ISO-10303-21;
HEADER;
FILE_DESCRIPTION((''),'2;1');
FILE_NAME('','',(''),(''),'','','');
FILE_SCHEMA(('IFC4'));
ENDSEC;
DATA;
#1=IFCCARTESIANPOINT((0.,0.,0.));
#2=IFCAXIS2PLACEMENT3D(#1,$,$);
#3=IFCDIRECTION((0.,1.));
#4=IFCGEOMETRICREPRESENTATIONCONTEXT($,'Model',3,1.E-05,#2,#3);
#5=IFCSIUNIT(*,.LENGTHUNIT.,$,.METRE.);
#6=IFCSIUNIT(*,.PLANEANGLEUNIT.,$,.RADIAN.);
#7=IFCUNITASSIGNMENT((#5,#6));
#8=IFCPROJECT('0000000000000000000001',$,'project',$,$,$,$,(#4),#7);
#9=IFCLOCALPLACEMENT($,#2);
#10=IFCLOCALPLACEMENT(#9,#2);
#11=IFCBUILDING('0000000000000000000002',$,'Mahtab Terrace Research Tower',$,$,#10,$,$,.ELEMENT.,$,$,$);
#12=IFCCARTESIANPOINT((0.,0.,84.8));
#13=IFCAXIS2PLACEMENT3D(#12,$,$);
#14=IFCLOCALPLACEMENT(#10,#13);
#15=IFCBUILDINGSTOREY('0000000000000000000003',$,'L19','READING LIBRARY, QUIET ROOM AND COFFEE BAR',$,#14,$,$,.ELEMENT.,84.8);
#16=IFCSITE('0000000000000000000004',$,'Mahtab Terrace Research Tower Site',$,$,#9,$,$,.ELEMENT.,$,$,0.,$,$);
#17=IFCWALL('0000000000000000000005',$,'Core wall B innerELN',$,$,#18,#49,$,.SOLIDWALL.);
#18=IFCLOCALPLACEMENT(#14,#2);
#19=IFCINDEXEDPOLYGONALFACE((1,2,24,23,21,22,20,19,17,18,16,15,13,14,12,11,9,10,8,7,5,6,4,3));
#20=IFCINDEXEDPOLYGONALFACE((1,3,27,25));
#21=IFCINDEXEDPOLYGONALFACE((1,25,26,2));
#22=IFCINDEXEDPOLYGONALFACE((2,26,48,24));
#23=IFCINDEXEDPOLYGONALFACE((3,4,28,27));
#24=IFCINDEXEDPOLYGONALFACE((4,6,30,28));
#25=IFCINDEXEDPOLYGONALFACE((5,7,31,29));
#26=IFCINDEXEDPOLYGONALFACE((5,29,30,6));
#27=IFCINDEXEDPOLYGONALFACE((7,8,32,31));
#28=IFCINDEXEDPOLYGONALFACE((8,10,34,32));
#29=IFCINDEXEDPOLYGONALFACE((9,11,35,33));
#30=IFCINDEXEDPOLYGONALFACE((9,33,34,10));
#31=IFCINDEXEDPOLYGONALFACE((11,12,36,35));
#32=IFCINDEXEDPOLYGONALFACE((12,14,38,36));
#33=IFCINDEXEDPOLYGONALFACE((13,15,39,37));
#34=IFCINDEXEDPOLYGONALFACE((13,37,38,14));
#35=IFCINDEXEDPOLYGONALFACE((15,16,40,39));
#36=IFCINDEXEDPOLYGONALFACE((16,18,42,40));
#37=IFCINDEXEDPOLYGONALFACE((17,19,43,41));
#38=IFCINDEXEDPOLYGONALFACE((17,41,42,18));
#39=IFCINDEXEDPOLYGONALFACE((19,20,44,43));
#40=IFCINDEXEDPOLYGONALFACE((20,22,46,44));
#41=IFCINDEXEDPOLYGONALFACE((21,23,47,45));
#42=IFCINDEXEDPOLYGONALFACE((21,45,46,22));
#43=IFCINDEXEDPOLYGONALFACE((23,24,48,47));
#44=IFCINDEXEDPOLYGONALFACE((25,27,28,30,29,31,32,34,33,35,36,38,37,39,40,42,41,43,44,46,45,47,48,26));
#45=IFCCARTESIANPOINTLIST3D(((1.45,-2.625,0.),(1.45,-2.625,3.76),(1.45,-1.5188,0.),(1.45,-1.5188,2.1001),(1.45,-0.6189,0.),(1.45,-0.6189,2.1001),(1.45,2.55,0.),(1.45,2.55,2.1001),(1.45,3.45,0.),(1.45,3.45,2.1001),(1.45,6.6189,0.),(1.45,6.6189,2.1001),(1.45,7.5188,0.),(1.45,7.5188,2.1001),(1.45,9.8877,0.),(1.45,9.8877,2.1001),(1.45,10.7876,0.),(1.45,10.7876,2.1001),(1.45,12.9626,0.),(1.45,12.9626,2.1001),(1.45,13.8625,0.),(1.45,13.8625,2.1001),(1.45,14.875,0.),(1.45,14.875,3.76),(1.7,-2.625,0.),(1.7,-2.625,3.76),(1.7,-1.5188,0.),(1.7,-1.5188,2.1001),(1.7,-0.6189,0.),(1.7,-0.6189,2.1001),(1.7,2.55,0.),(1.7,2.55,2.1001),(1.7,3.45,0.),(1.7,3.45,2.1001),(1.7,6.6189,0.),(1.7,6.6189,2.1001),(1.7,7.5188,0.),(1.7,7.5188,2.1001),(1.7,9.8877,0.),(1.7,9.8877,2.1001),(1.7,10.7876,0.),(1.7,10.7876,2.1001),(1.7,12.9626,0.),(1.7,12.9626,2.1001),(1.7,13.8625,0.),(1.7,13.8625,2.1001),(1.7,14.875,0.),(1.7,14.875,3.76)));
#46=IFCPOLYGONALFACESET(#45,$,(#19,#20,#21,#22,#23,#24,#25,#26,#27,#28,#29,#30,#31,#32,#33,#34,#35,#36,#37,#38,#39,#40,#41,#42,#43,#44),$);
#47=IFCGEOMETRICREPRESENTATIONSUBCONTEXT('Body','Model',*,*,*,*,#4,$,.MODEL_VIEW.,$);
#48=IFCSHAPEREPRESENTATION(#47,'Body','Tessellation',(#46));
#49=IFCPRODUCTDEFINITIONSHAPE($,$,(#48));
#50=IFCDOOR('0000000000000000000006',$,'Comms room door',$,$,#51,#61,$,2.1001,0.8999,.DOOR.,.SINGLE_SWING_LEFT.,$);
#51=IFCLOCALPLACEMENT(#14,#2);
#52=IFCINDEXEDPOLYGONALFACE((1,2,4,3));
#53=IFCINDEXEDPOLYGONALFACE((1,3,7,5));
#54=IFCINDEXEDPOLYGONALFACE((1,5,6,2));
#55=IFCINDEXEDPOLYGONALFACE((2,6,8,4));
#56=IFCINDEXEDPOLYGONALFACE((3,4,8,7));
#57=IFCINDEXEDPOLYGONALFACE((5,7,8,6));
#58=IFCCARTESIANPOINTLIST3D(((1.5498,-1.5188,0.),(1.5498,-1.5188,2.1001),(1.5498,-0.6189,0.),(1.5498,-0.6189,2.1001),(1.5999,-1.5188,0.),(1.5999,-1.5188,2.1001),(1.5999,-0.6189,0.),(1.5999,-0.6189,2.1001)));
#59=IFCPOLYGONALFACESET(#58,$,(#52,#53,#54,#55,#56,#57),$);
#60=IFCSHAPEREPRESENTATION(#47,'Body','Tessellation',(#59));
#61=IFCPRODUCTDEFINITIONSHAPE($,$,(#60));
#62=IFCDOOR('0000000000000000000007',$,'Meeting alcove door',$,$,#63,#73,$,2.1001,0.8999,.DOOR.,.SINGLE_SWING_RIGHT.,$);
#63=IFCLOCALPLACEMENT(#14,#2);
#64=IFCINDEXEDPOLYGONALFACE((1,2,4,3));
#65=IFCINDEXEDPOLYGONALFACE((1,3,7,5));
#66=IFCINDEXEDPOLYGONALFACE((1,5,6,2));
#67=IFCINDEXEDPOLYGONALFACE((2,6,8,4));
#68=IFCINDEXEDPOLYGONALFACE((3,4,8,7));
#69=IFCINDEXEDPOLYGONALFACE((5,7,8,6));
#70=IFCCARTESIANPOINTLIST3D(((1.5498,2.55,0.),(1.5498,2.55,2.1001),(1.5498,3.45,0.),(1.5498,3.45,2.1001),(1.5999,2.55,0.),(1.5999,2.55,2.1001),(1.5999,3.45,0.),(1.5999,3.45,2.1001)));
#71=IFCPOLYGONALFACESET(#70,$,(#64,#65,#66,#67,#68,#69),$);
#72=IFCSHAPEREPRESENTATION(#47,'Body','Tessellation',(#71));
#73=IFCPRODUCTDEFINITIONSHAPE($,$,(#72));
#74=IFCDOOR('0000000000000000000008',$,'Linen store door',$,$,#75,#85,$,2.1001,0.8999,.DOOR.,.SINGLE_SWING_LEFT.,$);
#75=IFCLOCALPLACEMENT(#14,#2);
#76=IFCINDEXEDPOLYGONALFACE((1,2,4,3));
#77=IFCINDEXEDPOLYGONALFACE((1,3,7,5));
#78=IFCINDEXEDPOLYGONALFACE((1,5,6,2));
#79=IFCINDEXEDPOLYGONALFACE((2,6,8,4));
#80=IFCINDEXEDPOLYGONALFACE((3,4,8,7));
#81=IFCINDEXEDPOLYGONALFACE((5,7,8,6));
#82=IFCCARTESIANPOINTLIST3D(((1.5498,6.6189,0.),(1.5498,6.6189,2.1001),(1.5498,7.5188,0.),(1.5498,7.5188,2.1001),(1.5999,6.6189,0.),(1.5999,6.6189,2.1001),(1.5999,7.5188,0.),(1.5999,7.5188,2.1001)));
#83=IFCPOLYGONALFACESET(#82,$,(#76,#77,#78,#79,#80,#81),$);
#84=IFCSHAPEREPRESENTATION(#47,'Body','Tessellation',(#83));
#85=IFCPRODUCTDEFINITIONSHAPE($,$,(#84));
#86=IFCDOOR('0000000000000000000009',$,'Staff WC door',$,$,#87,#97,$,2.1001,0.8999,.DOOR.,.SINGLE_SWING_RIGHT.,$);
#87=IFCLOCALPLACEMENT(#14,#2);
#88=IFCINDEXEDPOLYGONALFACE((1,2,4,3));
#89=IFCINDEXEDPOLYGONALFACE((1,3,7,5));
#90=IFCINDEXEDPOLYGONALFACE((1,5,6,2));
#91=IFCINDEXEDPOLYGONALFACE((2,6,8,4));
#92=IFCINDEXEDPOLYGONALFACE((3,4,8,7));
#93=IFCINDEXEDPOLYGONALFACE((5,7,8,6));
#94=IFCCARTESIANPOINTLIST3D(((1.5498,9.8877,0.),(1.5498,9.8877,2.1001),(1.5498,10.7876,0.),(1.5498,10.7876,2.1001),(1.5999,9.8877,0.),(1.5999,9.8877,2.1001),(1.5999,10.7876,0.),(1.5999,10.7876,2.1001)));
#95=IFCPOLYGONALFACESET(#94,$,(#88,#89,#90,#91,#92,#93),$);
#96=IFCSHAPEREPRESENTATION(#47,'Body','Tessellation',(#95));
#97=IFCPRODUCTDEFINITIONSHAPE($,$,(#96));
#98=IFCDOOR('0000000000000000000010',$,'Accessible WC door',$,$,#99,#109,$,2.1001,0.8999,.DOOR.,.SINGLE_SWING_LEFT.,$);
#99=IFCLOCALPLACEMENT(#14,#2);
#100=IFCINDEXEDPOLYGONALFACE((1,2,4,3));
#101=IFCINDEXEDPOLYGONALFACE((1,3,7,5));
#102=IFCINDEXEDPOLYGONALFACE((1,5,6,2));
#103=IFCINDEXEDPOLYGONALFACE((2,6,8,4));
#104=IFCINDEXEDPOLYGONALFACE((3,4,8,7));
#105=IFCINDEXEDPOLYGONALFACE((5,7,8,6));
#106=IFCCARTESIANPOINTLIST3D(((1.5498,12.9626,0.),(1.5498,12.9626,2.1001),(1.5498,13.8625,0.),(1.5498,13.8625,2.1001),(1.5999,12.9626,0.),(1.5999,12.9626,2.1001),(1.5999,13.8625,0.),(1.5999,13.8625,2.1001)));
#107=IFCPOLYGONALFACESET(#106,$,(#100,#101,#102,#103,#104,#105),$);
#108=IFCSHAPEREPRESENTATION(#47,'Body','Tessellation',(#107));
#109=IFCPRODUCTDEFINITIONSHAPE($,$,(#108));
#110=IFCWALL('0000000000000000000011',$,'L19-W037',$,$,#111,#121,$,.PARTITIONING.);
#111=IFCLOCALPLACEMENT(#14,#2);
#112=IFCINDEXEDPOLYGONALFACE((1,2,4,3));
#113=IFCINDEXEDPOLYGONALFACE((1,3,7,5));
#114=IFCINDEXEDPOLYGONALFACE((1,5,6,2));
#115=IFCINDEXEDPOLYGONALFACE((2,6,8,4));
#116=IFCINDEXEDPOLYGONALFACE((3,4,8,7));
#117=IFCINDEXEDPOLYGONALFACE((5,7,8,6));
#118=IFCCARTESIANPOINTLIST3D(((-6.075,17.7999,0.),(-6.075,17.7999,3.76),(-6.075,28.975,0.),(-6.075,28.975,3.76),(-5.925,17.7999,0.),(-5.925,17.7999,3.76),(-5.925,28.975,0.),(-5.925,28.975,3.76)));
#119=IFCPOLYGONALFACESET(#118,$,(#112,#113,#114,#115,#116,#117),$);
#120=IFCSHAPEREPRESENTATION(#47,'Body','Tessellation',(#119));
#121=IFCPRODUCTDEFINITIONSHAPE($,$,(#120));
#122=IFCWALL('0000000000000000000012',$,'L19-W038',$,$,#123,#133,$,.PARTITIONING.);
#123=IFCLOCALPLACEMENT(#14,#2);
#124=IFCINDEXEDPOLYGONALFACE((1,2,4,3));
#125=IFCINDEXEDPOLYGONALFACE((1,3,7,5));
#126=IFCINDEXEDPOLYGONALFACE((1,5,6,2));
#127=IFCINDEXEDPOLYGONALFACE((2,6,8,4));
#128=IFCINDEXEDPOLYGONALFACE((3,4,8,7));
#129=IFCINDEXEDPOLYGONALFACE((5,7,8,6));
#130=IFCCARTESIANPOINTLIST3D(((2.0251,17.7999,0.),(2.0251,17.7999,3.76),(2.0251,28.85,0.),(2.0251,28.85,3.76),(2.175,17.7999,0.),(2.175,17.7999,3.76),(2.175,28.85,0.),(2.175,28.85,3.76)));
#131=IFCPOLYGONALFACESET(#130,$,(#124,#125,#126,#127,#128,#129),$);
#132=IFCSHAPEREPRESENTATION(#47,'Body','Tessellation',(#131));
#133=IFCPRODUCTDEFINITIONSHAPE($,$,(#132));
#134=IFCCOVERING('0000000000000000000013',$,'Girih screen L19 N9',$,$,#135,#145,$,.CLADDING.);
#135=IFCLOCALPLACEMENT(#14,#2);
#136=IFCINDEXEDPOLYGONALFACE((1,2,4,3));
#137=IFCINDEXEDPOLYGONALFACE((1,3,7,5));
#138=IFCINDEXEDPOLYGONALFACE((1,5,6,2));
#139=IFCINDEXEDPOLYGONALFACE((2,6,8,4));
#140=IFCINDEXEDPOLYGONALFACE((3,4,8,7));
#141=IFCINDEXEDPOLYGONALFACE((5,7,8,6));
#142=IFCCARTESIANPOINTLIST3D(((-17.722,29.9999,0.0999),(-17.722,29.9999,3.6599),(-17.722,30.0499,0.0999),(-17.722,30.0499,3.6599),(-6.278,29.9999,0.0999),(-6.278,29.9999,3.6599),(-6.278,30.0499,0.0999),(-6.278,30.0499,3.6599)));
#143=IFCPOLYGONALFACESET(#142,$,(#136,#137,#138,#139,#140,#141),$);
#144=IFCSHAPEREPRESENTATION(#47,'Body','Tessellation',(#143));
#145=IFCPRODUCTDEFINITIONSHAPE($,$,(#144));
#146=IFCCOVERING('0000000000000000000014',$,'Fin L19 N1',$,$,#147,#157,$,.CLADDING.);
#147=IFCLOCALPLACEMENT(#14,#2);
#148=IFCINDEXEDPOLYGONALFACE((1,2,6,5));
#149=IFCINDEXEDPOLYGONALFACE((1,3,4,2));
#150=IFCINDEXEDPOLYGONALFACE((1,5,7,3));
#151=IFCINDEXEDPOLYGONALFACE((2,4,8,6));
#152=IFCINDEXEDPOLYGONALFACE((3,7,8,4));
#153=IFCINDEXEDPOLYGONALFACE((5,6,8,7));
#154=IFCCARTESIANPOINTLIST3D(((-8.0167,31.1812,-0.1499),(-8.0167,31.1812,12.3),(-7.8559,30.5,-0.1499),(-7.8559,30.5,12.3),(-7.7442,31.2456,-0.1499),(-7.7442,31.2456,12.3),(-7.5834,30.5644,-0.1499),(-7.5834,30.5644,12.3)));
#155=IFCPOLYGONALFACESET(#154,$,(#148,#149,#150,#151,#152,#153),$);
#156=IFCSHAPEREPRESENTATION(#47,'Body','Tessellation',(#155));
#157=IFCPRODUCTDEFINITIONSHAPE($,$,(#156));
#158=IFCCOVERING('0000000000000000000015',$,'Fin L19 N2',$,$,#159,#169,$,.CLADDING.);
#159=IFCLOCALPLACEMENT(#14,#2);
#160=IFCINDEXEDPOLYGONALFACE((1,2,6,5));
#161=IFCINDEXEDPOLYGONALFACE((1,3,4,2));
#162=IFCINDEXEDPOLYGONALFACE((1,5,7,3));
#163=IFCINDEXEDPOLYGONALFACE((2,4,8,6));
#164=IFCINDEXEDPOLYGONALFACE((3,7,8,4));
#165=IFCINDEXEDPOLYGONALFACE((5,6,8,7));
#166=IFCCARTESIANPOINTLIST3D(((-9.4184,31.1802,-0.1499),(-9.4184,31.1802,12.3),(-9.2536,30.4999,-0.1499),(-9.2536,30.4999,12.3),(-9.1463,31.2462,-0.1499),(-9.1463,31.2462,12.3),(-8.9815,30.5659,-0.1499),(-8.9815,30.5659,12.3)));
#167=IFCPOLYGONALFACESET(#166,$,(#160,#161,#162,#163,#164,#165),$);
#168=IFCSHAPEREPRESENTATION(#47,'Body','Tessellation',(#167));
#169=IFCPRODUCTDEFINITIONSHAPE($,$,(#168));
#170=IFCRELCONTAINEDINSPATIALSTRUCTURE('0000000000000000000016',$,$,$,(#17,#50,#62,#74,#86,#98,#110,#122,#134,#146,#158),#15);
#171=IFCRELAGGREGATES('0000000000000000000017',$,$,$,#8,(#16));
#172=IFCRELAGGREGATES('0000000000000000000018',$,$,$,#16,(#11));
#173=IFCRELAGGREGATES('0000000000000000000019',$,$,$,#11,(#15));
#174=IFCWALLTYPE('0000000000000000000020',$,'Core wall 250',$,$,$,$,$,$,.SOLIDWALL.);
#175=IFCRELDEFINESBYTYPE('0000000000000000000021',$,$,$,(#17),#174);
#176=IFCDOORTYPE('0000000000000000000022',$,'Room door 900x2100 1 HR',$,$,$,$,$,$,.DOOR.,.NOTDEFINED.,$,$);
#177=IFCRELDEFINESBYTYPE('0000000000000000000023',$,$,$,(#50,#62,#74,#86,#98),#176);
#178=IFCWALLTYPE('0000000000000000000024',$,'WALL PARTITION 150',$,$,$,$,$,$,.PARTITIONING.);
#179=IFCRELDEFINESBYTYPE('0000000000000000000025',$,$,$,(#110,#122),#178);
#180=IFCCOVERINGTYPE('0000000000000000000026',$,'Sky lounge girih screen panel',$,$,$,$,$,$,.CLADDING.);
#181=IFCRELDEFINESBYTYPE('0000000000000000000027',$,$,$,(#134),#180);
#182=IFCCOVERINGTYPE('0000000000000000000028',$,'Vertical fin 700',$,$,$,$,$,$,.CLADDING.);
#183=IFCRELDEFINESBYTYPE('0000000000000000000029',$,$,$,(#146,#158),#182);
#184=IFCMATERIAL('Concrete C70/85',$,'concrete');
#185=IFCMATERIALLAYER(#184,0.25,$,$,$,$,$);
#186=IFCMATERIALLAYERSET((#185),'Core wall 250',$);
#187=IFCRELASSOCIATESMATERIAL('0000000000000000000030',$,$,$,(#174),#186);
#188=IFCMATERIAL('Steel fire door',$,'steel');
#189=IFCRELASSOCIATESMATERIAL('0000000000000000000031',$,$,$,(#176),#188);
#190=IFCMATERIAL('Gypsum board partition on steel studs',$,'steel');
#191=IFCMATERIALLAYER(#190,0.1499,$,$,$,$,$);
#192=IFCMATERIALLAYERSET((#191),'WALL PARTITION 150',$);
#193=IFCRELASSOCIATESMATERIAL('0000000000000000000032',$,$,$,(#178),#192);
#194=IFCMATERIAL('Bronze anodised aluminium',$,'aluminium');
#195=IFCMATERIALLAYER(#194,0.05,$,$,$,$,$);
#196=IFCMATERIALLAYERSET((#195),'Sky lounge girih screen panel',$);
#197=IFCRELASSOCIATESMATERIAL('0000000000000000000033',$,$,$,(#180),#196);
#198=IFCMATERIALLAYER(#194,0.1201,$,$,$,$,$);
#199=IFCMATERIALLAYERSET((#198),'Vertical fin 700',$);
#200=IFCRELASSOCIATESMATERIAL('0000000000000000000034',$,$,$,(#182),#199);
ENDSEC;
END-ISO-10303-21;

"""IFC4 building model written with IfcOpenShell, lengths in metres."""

from ifc_helpers import new_model, si_unit, direction, frame, frame_2d, origin, origin_2d, place, context, subcontext, project, spatial, rectangle, extrude, material, layer, layer_set, type_object, element, fill, save


model = new_model("IFC4")

# Units and contexts
model_context = context("Model", 3, precision=1e-05, world=origin(), true_north=direction((0.0, 1.0)))
body_context = subcontext(model_context, "Body", "Model", "MODEL_VIEW")
ifc_project = project(units=[si_unit("LENGTHUNIT", "METRE"), si_unit("PLANEANGLEUNIT", "RADIAN")], contexts=[model_context])

# Site, building, storey
site_placement = place(None, origin())
site = spatial("IfcSite", under=ifc_project, at=site_placement, Name="Mahtab Terrace Research Tower Site", CompositionType="ELEMENT", RefElevation=0.0)
building_placement = place(site_placement, origin())
building = spatial("IfcBuilding", under=site, at=building_placement, Name="Mahtab Terrace Research Tower", CompositionType="ELEMENT")
storey_placement = place(building_placement, frame((0.0, 0.0, 84.8)))
storey = spatial("IfcBuildingStorey", under=building, at=storey_placement, Name="L19", Description="READING LIBRARY, QUIET ROOM AND COFFEE BAR", CompositionType="ELEMENT", Elevation=84.8)

# Shared definitions
ifc_material_1 = material(Name="Concrete C70/85", Category="concrete")
ifc_layer_1 = layer(ifc_material_1, 0.25)
ifc_layer_set_1 = layer_set([ifc_layer_1], Name="Core wall 250")
wall_type_1 = type_object("IfcWallType", Name="Core wall 250", PredefinedType="SOLIDWALL", material=ifc_layer_set_1)

# Shared definitions
ifc_material_2 = material(Name="Steel fire door", Category="steel")

# Wall, openings, doors
wall_1_placement = place(storey_placement, frame((1.575, 14.875, 0.0), z_axis=(0.0, 0.0, 1.0), x_axis=(0.0, -1.0, 0.0)))
wall_1 = element("IfcWall", 1, at=wall_1_placement, inside=storey, type_object=wall_type_1, Name="Core wall B innerELN", PredefinedType="SOLIDWALL", context=body_context, shape_type="SweptSolid", body=[
    extrude(rectangle(XDim=17.5, YDim=0.25, at=frame_2d((8.75, 0.0))), origin(), (0.0, 0.0, 1.0), 3.76),
])
opening_1_placement = place(wall_1_placement, frame((15.4939, 0.0, 0.0)))
opening_1 = element("IfcOpeningElement", 2, at=opening_1_placement, cuts=wall_1, PredefinedType="OPENING", context=body_context, shape_type="SweptSolid", body=[
    extrude(rectangle(XDim=0.8999, YDim=2.1001, at=frame_2d((0.45, 1.05))), frame((0.0, 0.135, 0.0), z_axis=(0.0, -1.0, 0.0), x_axis=(1.0, 0.0, 0.0)), (0.0, 0.0, 1.0), 0.27),
])
opening_2_placement = place(wall_1_placement, frame((11.425, 0.0, 0.0)))
opening_2 = element("IfcOpeningElement", 3, at=opening_2_placement, cuts=wall_1, PredefinedType="OPENING", context=body_context, shape_type="SweptSolid", body=[
    extrude(rectangle(XDim=0.8999, YDim=2.1001, at=frame_2d((0.45, 1.05))), frame((0.0, 0.135, 0.0), z_axis=(0.0, -1.0, 0.0), x_axis=(1.0, 0.0, 0.0)), (0.0, 0.0, 1.0), 0.27),
])
opening_3_placement = place(wall_1_placement, frame((7.3562, 0.0, 0.0)))
opening_3 = element("IfcOpeningElement", 4, at=opening_3_placement, cuts=wall_1, PredefinedType="OPENING", context=body_context, shape_type="SweptSolid", body=[
    extrude(rectangle(XDim=0.8999, YDim=2.1001, at=frame_2d((0.45, 1.05))), frame((0.0, 0.135, 0.0), z_axis=(0.0, -1.0, 0.0), x_axis=(1.0, 0.0, 0.0)), (0.0, 0.0, 1.0), 0.27),
])
opening_4_placement = place(wall_1_placement, frame((4.0874, 0.0, 0.0)))
opening_4 = element("IfcOpeningElement", 5, at=opening_4_placement, cuts=wall_1, PredefinedType="OPENING", context=body_context, shape_type="SweptSolid", body=[
    extrude(rectangle(XDim=0.8999, YDim=2.1001, at=frame_2d((0.45, 1.05))), frame((0.0, 0.135, 0.0), z_axis=(0.0, -1.0, 0.0), x_axis=(1.0, 0.0, 0.0)), (0.0, 0.0, 1.0), 0.27),
])
opening_5_placement = place(wall_1_placement, frame((1.0125, 0.0, 0.0)))
opening_5 = element("IfcOpeningElement", 6, at=opening_5_placement, cuts=wall_1, PredefinedType="OPENING", context=body_context, shape_type="SweptSolid", body=[
    extrude(rectangle(XDim=0.8999, YDim=2.1001, at=frame_2d((0.45, 1.05))), frame((0.0, 0.135, 0.0), z_axis=(0.0, -1.0, 0.0), x_axis=(1.0, 0.0, 0.0)), (0.0, 0.0, 1.0), 0.27),
])
door_type_1 = type_object("IfcDoorType", Name="Room door 900x2100 1 HR", OperationType="NOTDEFINED", PredefinedType="DOOR", material=ifc_material_2)
door_1_placement = place(opening_1_placement, origin())
door_1 = element("IfcDoor", 7, at=door_1_placement, inside=storey, type_object=door_type_1, Name="Comms room door", OperationType="SINGLE_SWING_LEFT", OverallHeight=2.1001, OverallWidth=0.8999, PredefinedType="DOOR", context=body_context, shape_type="SweptSolid", body=[
    extrude(rectangle(XDim=0.8999, YDim=2.1001, at=frame_2d((0.45, 1.05))), frame((0.0, 0.0249, 0.0), z_axis=(0.0, -1.0, 0.0), x_axis=(1.0, 0.0, 0.0)), (0.0, 0.0, 1.0), 0.05),
])
fill(opening_1, door_1)
door_2_placement = place(opening_2_placement, origin())
door_2 = element("IfcDoor", 8, at=door_2_placement, inside=storey, type_object=door_type_1, Name="Meeting alcove door", OperationType="SINGLE_SWING_RIGHT", OverallHeight=2.1001, OverallWidth=0.8999, PredefinedType="DOOR", context=body_context, shape_type="SweptSolid", body=[
    extrude(rectangle(XDim=0.8999, YDim=2.1001, at=frame_2d((0.45, 1.05))), frame((0.0, 0.0249, 0.0), z_axis=(0.0, -1.0, 0.0), x_axis=(1.0, 0.0, 0.0)), (0.0, 0.0, 1.0), 0.05),
])
fill(opening_2, door_2)
door_3_placement = place(opening_3_placement, origin())
door_3 = element("IfcDoor", 9, at=door_3_placement, inside=storey, type_object=door_type_1, Name="Linen store door", OperationType="SINGLE_SWING_LEFT", OverallHeight=2.1001, OverallWidth=0.8999, PredefinedType="DOOR", context=body_context, shape_type="SweptSolid", body=[
    extrude(rectangle(XDim=0.8999, YDim=2.1001, at=frame_2d((0.45, 1.05))), frame((0.0, 0.0249, 0.0), z_axis=(0.0, -1.0, 0.0), x_axis=(1.0, 0.0, 0.0)), (0.0, 0.0, 1.0), 0.05),
])
fill(opening_3, door_3)
door_4_placement = place(opening_4_placement, origin())
door_4 = element("IfcDoor", 10, at=door_4_placement, inside=storey, type_object=door_type_1, Name="Staff WC door", OperationType="SINGLE_SWING_RIGHT", OverallHeight=2.1001, OverallWidth=0.8999, PredefinedType="DOOR", context=body_context, shape_type="SweptSolid", body=[
    extrude(rectangle(XDim=0.8999, YDim=2.1001, at=frame_2d((0.45, 1.05))), frame((0.0, 0.0249, 0.0), z_axis=(0.0, -1.0, 0.0), x_axis=(1.0, 0.0, 0.0)), (0.0, 0.0, 1.0), 0.05),
])
fill(opening_4, door_4)
door_5_placement = place(opening_5_placement, origin())
door_5 = element("IfcDoor", 11, at=door_5_placement, inside=storey, type_object=door_type_1, Name="Accessible WC door", OperationType="SINGLE_SWING_LEFT", OverallHeight=2.1001, OverallWidth=0.8999, PredefinedType="DOOR", context=body_context, shape_type="SweptSolid", body=[
    extrude(rectangle(XDim=0.8999, YDim=2.1001, at=frame_2d((0.45, 1.05))), frame((0.0, 0.0249, 0.0), z_axis=(0.0, -1.0, 0.0), x_axis=(1.0, 0.0, 0.0)), (0.0, 0.0, 1.0), 0.05),
])
fill(opening_5, door_5)

# Walls
ifc_material_3 = material(Name="Gypsum board partition on steel studs", Category="steel")
ifc_layer_2 = layer(ifc_material_3, 0.1499)
ifc_layer_set_2 = layer_set([ifc_layer_2], Name="WALL PARTITION 150")
wall_type_2 = type_object("IfcWallType", Name="WALL PARTITION 150", PredefinedType="PARTITIONING", material=ifc_layer_set_2)
wall_2_placement = place(storey_placement, frame((-6.0, 17.8, 0.0), z_axis=(0.0, 0.0, 1.0), x_axis=(0.0, 1.0, 0.0)))
element("IfcWall", 12, at=wall_2_placement, inside=storey, type_object=wall_type_2, Name="L19-W037", PredefinedType="PARTITIONING", context=body_context, shape_type="SweptSolid", body=[
    extrude(rectangle(XDim=11.175, YDim=0.1499, at=frame_2d((5.5874, 0.0))), origin(), (0.0, 0.0, 1.0), 3.76),
])
wall_3_placement = place(storey_placement, frame((2.1001, 17.8, 0.0), z_axis=(0.0, 0.0, 1.0), x_axis=(0.0, 1.0, 0.0)))
element("IfcWall", 13, at=wall_3_placement, inside=storey, type_object=wall_type_2, Name="L19-W038", PredefinedType="PARTITIONING", context=body_context, shape_type="SweptSolid", body=[
    extrude(rectangle(XDim=11.05, YDim=0.1499, at=frame_2d((5.5249, 0.0))), origin(), (0.0, 0.0, 1.0), 3.76),
])

# Coverings
ifc_material_4 = material(Name="Bronze anodised aluminium", Category="aluminium")
ifc_layer_3 = layer(ifc_material_4, 0.05)
ifc_layer_set_3 = layer_set([ifc_layer_3], Name="Sky lounge girih screen panel")
covering_type_1 = type_object("IfcCoveringType", Name="Sky lounge girih screen panel", PredefinedType="CLADDING", material=ifc_layer_set_3)
covering_placement = place(storey_placement, frame((-12.0, 30.0249, 0.0999), z_axis=(0.0, 0.0, 1.0), x_axis=(-1.0, 0.0, 0.0)))
element("IfcCovering", 14, at=covering_placement, inside=storey, type_object=covering_type_1, Name="Girih screen L19 N9", PredefinedType="CLADDING", context=body_context, shape_type="SweptSolid", body=[
    extrude(rectangle(XDim=11.4441, YDim=0.05, at=origin_2d()), origin(), (0.0, 0.0, 1.0), 3.5601),
])
ifc_layer_4 = layer(ifc_material_4, 0.1201)
ifc_layer_set_4 = layer_set([ifc_layer_4], Name="Vertical fin 700")
covering_type_2 = type_object("IfcCoveringType", Name="Vertical fin 700", PredefinedType="CLADDING", material=ifc_layer_set_4)
for number, where, z_axis, x_axis, name in (
    (15, (-7.8, 30.8728, -0.1499), (0.0, 0.0, 1.0), (-0.973236, -0.229807, 0.0), "Fin L19 N1"),
    (16, (-9.2, 30.873, -0.1499), (0.0, 0.0, 1.0), (-0.971883, -0.235465, 0.0), "Fin L19 N2"),
):
    element("IfcCovering", number, at=place(storey_placement, frame(where, z_axis=z_axis, x_axis=x_axis)), inside=storey, type_object=covering_type_2, Name=name, PredefinedType="CLADDING", context=body_context, shape_type="SweptSolid", body=[
        extrude(rectangle(XDim=0.28, YDim=0.7, at=origin_2d()), origin(), (0.0, 0.0, 1.0), 12.45),
    ])

save(model, "model.ifc")
